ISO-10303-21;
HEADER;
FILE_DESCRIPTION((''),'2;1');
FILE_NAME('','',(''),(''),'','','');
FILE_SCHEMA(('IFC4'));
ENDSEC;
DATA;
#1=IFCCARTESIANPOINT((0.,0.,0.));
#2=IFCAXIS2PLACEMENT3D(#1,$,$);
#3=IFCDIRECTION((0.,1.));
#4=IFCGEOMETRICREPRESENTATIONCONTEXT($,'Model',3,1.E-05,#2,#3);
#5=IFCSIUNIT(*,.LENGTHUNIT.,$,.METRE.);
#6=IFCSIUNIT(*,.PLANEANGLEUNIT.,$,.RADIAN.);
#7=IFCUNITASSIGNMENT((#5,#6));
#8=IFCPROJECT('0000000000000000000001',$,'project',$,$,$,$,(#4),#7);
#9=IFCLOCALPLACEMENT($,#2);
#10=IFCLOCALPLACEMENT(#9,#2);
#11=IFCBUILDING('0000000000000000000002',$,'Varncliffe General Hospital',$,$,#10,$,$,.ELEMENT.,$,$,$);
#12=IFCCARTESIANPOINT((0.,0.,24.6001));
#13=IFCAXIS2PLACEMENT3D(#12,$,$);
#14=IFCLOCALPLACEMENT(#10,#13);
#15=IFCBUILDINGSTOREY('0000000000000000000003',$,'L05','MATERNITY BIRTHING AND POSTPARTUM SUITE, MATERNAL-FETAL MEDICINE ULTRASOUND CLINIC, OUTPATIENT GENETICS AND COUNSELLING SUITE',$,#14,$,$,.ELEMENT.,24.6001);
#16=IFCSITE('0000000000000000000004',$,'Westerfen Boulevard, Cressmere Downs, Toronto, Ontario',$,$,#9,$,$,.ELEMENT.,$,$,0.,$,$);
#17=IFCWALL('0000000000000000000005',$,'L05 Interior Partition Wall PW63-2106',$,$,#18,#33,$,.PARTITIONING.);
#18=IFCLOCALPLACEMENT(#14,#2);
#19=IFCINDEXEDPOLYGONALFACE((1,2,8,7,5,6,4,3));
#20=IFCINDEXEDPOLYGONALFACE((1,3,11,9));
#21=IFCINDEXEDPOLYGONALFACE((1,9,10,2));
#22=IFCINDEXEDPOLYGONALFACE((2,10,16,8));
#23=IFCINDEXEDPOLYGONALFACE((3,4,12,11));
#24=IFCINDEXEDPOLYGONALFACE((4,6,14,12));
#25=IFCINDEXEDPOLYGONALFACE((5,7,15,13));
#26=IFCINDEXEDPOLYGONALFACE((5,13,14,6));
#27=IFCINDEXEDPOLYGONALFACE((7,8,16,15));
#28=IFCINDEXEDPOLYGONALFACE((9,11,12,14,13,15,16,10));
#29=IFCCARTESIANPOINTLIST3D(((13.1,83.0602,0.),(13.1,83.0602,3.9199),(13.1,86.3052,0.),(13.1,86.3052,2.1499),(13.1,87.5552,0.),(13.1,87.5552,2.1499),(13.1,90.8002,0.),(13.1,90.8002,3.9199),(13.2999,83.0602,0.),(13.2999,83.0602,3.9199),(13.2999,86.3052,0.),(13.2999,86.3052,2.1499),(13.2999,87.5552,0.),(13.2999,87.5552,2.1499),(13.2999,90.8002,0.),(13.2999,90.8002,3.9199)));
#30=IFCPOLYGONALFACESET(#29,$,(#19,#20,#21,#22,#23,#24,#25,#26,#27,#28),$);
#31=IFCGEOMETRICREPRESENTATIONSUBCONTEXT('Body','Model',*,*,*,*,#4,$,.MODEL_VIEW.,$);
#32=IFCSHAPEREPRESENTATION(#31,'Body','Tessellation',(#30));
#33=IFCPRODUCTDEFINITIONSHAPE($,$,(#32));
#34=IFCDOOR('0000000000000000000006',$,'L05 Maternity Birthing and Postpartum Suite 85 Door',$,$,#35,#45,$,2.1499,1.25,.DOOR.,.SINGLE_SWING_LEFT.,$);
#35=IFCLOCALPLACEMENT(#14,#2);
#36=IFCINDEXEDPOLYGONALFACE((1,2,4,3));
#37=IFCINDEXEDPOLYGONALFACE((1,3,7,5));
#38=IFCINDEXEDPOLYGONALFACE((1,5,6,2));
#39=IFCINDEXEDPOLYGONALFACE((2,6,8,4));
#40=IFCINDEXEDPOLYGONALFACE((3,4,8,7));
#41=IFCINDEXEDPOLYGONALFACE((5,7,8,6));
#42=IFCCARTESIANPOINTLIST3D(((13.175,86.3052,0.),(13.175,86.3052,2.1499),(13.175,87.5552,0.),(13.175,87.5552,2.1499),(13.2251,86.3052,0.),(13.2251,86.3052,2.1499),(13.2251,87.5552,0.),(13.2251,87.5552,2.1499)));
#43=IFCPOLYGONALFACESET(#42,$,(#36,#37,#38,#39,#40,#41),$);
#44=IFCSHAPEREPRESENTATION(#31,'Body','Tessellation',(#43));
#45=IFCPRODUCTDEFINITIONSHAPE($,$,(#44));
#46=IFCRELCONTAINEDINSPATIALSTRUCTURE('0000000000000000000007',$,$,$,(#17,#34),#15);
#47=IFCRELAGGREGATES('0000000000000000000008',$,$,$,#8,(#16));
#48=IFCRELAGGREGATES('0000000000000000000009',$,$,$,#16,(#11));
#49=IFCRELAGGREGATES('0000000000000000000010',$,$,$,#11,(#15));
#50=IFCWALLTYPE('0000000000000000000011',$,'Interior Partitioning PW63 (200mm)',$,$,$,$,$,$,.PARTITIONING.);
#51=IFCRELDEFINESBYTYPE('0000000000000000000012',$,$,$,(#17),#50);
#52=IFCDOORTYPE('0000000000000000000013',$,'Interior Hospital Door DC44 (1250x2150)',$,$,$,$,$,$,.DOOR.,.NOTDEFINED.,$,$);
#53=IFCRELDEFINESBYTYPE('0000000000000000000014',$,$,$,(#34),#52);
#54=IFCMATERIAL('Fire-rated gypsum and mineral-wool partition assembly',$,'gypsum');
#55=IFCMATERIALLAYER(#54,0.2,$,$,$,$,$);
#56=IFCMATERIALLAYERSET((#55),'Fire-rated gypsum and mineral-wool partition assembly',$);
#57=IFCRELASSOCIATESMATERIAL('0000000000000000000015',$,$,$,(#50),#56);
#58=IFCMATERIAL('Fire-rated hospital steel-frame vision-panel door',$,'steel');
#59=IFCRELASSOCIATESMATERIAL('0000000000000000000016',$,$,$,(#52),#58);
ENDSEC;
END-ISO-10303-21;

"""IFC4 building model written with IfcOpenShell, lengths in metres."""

from ifc_helpers import new_model, si_unit, direction, frame, frame_2d, origin, place, context, subcontext, project, spatial, rectangle, extrude, material, layer, layer_set, type_object, element, fill, save


model = new_model("IFC4")

# Units and contexts
model_context = context("Model", 3, precision=1e-05, world=origin(), true_north=direction((0.0, 1.0)))
body_context = subcontext(model_context, "Body", "Model", "MODEL_VIEW")
ifc_project = project(units=[si_unit("LENGTHUNIT", "METRE"), si_unit("PLANEANGLEUNIT", "RADIAN")], contexts=[model_context])

# Site, building, storey
site_placement = place(None, origin())
site = spatial("IfcSite", under=ifc_project, at=site_placement, Name="Westerfen Boulevard, Cressmere Downs, Toronto, Ontario", CompositionType="ELEMENT", RefElevation=0.0)
building_placement = place(site_placement, origin())
building = spatial("IfcBuilding", under=site, at=building_placement, Name="Varncliffe General Hospital", CompositionType="ELEMENT")
storey_placement = place(building_placement, frame((0.0, 0.0, 24.6001)))
storey = spatial("IfcBuildingStorey", under=building, at=storey_placement, Name="L05", Description="MATERNITY BIRTHING AND POSTPARTUM SUITE, MATERNAL-FETAL MEDICINE ULTRASOUND CLINIC, OUTPATIENT GENETICS AND COUNSELLING SUITE", CompositionType="ELEMENT", Elevation=24.6001)

# Wall, opening, door
ifc_material_1 = material(Name="Fire-rated gypsum and mineral-wool partition assembly", Category="gypsum")
ifc_layer_1 = layer(ifc_material_1, 0.2)
ifc_layer_set_1 = layer_set([ifc_layer_1], Name="Fire-rated gypsum and mineral-wool partition assembly")
wall_type_1 = type_object("IfcWallType", Name="Interior Partitioning PW63 (200mm)", PredefinedType="PARTITIONING", material=ifc_layer_set_1)
wall_1_placement = place(storey_placement, frame((13.2, 83.0601, 0.0), z_axis=(0.0, 0.0, 1.0), x_axis=(0.0, 1.0, 0.0)))
wall_1 = element("IfcWall", 1, at=wall_1_placement, inside=storey, type_object=wall_type_1, Name="L05 Interior Partition Wall PW63-2106", PredefinedType="PARTITIONING", context=body_context, shape_type="SweptSolid", body=[
    extrude(rectangle(XDim=7.74, YDim=0.2, at=frame_2d((3.8701, 0.0))), origin(), (0.0, 0.0, 1.0), 3.9199),
])
opening_1_placement = place(wall_1_placement, frame((3.2451, 0.0, 0.0)))
opening_1 = element("IfcOpeningElement", 2, at=opening_1_placement, cuts=wall_1, PredefinedType="OPENING", context=body_context, shape_type="SweptSolid", body=[
    extrude(rectangle(XDim=1.25, YDim=2.1499, at=frame_2d((0.625, 1.075))), frame((0.0, 0.1099, 0.0), z_axis=(0.0, -1.0, 0.0), x_axis=(1.0, 0.0, 0.0)), (0.0, 0.0, 1.0), 0.22),
])
ifc_material_2 = material(Name="Fire-rated hospital steel-frame vision-panel door", Category="steel")
door_type = type_object("IfcDoorType", Name="Interior Hospital Door DC44 (1250x2150)", OperationType="NOTDEFINED", PredefinedType="DOOR", material=ifc_material_2)
door_placement = place(opening_1_placement, origin())
door = element("IfcDoor", 3, at=door_placement, inside=storey, type_object=door_type, Name="L05 Maternity Birthing and Postpartum Suite 85 Door", OperationType="SINGLE_SWING_LEFT", OverallHeight=2.1499, OverallWidth=1.25, PredefinedType="DOOR", context=body_context, shape_type="SweptSolid", body=[
    extrude(rectangle(XDim=1.25, YDim=2.1499, at=frame_2d((0.625, 1.075))), frame((0.0, 0.0249, 0.0), z_axis=(0.0, -1.0, 0.0), x_axis=(1.0, 0.0, 0.0)), (0.0, 0.0, 1.0), 0.05),
])
fill(opening_1, door)

save(model, "model.ifc")
